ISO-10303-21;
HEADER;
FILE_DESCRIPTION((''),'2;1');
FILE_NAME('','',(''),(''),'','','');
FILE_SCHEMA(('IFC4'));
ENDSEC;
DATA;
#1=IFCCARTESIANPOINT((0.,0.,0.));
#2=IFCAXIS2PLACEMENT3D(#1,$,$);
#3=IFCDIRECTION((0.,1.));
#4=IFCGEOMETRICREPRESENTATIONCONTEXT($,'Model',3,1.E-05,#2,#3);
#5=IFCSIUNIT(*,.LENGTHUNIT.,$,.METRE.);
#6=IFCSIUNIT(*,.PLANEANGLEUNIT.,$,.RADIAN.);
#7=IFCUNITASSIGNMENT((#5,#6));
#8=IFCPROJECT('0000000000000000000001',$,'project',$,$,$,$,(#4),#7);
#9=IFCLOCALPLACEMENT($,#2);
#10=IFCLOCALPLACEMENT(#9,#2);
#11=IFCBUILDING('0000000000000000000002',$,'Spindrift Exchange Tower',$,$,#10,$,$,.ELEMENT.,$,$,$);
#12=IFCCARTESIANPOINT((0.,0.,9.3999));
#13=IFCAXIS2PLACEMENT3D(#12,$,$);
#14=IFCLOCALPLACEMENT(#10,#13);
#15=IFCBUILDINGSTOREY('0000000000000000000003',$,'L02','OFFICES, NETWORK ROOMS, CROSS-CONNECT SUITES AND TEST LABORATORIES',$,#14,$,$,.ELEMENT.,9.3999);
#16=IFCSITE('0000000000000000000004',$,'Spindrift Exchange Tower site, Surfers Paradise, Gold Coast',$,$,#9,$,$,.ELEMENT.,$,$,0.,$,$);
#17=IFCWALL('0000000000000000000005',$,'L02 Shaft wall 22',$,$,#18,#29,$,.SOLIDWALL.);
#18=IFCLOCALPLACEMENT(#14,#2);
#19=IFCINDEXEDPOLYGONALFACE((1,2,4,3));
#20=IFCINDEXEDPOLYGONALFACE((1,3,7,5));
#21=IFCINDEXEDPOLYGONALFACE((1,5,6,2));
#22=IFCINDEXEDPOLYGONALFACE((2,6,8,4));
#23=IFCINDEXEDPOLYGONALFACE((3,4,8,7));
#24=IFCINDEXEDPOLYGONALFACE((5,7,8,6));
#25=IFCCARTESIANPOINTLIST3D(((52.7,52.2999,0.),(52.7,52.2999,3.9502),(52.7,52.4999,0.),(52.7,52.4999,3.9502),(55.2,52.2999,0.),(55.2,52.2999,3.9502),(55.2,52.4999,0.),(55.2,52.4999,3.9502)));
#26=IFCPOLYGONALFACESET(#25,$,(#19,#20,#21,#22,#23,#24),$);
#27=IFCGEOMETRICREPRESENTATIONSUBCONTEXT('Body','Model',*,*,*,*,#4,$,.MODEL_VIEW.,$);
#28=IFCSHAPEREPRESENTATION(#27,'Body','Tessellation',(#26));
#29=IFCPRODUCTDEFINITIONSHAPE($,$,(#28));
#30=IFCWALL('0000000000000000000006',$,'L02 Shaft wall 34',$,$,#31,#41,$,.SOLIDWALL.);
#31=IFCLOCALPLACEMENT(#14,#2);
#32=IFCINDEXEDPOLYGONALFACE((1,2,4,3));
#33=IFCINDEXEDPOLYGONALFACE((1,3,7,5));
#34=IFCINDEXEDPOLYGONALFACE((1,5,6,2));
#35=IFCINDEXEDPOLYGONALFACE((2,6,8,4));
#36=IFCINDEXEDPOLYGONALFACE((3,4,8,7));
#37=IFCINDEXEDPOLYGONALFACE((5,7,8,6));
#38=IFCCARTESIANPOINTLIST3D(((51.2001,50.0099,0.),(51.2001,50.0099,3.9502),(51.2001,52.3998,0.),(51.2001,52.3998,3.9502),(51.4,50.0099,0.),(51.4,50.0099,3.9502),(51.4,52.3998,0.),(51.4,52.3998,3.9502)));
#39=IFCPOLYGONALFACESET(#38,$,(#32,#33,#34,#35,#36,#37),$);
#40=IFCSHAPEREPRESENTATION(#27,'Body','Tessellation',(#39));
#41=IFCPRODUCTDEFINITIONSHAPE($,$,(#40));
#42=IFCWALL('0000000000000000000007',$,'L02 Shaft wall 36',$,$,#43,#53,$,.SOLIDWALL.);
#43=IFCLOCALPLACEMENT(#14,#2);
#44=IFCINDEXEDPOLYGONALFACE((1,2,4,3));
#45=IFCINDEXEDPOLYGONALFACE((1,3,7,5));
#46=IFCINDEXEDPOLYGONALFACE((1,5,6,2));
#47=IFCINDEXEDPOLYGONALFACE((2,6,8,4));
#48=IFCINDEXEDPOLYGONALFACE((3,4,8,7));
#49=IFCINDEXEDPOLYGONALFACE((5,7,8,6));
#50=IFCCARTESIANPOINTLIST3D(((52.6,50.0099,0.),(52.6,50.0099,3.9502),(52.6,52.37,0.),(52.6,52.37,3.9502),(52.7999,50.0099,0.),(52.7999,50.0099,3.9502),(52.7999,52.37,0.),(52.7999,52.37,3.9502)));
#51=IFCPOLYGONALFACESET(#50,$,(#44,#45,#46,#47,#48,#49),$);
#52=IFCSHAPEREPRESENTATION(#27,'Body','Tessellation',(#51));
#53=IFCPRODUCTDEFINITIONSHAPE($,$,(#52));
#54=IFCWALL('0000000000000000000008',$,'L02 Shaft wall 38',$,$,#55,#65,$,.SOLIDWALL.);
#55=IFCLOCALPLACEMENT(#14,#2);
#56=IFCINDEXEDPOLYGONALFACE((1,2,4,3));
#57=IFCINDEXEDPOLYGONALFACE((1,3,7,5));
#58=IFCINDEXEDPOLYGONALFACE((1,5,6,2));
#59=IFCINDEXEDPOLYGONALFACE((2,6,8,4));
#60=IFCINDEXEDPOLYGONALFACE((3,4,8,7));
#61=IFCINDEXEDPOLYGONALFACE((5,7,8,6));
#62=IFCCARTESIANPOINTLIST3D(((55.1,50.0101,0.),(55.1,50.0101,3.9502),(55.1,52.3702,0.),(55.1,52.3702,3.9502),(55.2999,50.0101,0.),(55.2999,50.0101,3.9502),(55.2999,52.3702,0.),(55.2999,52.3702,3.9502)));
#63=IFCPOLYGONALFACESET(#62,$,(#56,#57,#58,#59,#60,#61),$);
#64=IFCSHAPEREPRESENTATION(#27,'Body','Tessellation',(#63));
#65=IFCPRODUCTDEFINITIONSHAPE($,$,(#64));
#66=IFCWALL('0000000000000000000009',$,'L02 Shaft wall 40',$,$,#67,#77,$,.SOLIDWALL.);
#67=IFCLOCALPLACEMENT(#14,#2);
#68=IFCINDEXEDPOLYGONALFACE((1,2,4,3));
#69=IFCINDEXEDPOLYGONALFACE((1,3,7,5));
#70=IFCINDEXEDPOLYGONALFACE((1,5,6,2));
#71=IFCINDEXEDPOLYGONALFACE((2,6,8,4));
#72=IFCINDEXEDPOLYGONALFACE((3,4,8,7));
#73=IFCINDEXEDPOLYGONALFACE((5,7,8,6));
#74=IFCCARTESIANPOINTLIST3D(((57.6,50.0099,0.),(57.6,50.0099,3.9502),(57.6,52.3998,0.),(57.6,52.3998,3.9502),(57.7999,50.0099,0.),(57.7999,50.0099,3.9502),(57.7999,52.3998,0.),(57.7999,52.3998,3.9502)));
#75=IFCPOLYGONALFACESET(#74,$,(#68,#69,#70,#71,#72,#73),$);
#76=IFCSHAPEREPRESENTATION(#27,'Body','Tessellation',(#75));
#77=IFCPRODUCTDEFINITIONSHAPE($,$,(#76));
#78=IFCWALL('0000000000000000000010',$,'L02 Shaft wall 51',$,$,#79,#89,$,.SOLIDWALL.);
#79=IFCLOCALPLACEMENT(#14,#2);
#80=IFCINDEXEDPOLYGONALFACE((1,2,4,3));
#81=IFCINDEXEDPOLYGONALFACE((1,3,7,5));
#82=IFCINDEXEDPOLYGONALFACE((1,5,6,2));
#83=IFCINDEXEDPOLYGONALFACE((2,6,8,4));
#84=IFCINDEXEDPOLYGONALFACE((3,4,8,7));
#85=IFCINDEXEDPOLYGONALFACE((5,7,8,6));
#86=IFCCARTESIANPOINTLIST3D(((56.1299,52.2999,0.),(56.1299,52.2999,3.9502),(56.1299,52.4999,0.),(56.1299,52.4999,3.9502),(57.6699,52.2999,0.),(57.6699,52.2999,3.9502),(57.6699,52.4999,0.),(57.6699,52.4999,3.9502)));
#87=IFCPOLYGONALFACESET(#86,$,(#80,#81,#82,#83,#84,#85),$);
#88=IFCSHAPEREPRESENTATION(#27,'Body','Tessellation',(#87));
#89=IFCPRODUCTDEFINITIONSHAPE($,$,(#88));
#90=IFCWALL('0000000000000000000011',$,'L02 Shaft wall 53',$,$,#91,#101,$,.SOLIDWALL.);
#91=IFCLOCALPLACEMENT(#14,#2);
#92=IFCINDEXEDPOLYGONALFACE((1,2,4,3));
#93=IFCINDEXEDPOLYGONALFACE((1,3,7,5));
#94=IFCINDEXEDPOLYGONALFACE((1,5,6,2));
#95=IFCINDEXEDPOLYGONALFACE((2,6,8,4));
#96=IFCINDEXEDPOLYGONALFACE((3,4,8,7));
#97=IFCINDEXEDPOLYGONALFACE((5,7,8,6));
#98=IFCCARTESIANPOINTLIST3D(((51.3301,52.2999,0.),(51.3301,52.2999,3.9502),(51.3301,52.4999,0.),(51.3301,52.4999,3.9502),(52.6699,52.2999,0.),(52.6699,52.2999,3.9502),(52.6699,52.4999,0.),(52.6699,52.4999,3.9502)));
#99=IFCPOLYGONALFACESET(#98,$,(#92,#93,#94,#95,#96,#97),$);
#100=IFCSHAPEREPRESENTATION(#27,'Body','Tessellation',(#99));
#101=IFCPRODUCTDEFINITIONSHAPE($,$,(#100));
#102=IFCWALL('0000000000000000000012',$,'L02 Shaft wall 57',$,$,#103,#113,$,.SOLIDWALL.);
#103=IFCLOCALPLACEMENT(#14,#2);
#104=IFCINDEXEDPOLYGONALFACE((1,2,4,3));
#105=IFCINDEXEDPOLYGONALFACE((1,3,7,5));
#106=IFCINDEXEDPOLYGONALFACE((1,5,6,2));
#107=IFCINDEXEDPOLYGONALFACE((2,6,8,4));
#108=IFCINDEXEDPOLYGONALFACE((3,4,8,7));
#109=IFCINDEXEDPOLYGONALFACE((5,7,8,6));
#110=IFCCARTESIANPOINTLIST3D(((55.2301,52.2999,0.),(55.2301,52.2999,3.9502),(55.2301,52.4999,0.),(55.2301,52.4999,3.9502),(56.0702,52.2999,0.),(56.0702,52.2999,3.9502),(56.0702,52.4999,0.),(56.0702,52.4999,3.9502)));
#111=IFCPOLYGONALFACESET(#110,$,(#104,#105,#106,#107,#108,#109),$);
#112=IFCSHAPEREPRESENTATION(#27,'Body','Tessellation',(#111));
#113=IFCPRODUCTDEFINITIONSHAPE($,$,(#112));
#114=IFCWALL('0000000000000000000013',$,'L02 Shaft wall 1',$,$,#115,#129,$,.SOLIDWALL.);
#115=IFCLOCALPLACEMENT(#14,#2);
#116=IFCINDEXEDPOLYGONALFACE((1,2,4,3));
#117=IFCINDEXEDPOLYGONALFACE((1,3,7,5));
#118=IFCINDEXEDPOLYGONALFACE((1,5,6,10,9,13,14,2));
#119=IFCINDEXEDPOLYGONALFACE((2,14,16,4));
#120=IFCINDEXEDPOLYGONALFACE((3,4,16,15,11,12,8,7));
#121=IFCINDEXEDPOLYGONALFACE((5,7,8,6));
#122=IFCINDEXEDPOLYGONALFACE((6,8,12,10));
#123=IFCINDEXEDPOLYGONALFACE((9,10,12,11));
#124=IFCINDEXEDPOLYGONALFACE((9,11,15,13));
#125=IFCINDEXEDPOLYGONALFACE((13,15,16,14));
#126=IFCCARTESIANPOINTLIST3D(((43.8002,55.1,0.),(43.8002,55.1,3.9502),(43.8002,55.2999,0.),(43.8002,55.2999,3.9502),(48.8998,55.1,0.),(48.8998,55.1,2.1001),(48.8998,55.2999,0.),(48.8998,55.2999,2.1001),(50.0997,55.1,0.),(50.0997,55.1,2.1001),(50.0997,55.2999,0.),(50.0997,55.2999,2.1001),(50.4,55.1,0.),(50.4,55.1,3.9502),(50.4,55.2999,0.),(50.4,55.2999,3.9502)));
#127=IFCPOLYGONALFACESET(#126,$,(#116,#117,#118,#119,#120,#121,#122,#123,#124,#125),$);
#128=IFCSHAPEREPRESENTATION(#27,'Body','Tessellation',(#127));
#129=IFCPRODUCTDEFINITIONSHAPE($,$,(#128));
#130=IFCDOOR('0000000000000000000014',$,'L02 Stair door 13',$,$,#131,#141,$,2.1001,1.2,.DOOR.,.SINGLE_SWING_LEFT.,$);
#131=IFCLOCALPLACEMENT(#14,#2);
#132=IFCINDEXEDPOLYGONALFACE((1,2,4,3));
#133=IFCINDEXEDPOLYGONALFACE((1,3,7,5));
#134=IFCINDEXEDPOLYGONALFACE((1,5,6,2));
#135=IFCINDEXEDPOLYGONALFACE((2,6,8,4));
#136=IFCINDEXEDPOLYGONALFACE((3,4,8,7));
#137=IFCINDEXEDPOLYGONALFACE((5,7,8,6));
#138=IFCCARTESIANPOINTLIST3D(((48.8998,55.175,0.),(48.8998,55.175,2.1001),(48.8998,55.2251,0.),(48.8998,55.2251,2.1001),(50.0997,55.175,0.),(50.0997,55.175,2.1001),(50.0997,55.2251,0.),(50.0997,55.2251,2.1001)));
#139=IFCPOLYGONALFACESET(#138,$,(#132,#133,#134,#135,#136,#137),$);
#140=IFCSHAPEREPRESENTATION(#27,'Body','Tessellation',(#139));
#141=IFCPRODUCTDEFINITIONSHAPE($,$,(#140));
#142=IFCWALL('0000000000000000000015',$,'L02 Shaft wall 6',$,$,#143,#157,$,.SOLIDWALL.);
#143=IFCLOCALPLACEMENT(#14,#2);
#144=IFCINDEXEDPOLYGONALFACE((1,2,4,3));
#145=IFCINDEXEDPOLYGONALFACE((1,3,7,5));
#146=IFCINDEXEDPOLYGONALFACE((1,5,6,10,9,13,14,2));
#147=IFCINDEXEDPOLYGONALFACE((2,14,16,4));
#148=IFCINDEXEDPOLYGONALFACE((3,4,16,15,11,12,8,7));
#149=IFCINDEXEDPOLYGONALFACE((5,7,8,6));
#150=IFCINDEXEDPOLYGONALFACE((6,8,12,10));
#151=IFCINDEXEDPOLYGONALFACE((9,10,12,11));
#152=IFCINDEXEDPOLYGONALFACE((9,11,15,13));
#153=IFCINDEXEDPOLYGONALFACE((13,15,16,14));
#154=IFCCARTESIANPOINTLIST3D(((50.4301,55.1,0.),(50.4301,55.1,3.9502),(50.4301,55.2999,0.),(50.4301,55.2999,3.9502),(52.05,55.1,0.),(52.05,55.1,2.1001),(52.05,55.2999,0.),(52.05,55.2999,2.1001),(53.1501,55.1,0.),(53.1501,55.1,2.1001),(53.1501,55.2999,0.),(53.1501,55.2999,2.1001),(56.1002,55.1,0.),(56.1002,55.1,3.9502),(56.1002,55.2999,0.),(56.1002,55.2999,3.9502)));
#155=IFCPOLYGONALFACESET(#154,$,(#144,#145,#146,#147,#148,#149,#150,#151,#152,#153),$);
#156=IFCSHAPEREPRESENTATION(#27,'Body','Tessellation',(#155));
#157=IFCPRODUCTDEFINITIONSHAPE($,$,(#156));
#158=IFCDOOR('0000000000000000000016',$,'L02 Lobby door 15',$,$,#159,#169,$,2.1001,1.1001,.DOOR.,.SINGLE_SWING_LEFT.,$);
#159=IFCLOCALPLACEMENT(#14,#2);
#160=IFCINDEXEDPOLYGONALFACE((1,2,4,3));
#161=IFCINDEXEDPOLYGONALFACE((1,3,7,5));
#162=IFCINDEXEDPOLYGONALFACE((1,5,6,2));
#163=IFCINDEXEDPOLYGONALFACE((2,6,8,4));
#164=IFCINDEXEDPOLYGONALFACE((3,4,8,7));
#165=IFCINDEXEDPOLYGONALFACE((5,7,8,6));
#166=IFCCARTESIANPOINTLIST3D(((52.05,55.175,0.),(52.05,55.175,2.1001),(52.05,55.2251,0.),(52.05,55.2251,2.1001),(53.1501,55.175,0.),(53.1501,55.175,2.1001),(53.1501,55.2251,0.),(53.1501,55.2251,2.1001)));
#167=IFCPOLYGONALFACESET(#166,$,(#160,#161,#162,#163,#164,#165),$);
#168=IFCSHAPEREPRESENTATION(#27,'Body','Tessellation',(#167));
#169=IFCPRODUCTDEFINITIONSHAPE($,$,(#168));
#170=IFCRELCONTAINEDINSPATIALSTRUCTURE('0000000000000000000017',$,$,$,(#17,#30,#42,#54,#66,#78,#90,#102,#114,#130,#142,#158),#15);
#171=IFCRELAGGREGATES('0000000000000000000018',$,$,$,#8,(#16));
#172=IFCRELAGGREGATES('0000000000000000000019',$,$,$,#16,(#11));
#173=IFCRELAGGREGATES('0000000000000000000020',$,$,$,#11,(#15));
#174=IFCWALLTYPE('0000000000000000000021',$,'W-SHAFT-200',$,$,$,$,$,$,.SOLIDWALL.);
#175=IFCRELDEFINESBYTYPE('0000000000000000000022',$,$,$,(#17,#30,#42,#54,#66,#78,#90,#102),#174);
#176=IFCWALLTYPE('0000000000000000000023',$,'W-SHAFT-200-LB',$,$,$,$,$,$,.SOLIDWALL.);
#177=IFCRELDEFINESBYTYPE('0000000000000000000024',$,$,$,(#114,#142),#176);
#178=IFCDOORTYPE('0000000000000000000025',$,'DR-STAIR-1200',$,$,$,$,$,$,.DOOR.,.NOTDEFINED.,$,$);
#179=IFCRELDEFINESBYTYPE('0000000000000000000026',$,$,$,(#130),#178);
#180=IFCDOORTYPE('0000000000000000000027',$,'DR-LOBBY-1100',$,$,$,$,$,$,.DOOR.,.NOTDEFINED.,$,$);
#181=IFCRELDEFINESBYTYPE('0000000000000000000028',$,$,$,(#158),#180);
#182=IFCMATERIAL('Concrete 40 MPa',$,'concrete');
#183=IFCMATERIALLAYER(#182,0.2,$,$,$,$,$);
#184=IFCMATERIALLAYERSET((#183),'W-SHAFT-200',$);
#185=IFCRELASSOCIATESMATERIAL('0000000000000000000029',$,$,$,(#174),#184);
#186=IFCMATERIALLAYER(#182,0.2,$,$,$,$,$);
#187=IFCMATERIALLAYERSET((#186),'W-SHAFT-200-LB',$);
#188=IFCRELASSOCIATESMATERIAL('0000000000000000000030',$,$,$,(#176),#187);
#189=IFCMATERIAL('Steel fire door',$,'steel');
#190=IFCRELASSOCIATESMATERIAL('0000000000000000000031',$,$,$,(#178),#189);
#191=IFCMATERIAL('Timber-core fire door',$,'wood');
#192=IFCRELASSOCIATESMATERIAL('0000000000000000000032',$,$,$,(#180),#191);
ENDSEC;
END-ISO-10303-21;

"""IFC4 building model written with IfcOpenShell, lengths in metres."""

from ifc_helpers import new_model, si_unit, direction, frame, frame_2d, origin, place, context, subcontext, project, spatial, rectangle, extrude, source, transform, mapped, material, layer, layer_set, type_object, element, fill, save


model = new_model("IFC4")

# Units and contexts
model_context = context("Model", 3, precision=1e-05, world=origin(), true_north=direction((0.0, 1.0)))
body_context = subcontext(model_context, "Body", "Model", "MODEL_VIEW")
ifc_project = project(units=[si_unit("LENGTHUNIT", "METRE"), si_unit("PLANEANGLEUNIT", "RADIAN")], contexts=[model_context])

# Site, building, storey
site_placement = place(None, origin())
site = spatial("IfcSite", under=ifc_project, at=site_placement, Name="Spindrift Exchange Tower site, Surfers Paradise, Gold Coast", CompositionType="ELEMENT", RefElevation=0.0)
building_placement = place(site_placement, origin())
building = spatial("IfcBuilding", under=site, at=building_placement, Name="Spindrift Exchange Tower", CompositionType="ELEMENT")
storey_placement = place(building_placement, frame((0.0, 0.0, 9.3999)))
storey = spatial("IfcBuildingStorey", under=building, at=storey_placement, Name="L02", Description="OFFICES, NETWORK ROOMS, CROSS-CONNECT SUITES AND TEST LABORATORIES", CompositionType="ELEMENT", Elevation=9.3999)

# Shared definitions
ifc_material_1 = material(Name="Concrete 40 MPa", Category="concrete")
ifc_layer_1 = layer(ifc_material_1, 0.2)
ifc_layer_set_1 = layer_set([ifc_layer_1], Name="W-SHAFT-200")
wall_type_1 = type_object("IfcWallType", Name="W-SHAFT-200", PredefinedType="SOLIDWALL", material=ifc_layer_set_1)

# Walls
wall_1_placement = place(storey_placement, frame((55.2, 52.3999, 0.0), z_axis=(0.0, 0.0, 1.0), x_axis=(-1.0, 0.0, 0.0)))
element("IfcWall", 1, at=wall_1_placement, inside=storey, type_object=wall_type_1, Name="L02 Shaft wall 22", PredefinedType="SOLIDWALL", context=body_context, shape_type="SweptSolid", body=[
    extrude(rectangle(XDim=2.5, YDim=0.2, at=frame_2d((1.25, 0.0))), origin(), (0.0, 0.0, 1.0), 3.9502),
])
wall_2_placement = place(storey_placement, frame((51.3, 50.01, 0.0), z_axis=(0.0, 0.0, 1.0), x_axis=(0.0, 1.0, 0.0)))
element("IfcWall", 2, at=wall_2_placement, inside=storey, type_object=wall_type_1, Name="L02 Shaft wall 34", PredefinedType="SOLIDWALL", context=body_context, shape_type="SweptSolid", body=[
    extrude(rectangle(XDim=2.3899, YDim=0.2, at=frame_2d((1.1948, 0.0))), origin(), (0.0, 0.0, 1.0), 3.9502),
])
for number, where, z_axis, x_axis, name in (
    (3, (52.7, 52.3701, 0.0), (0.0, 0.0, 1.0), (0.0, -1.0, 0.0), "L02 Shaft wall 36"),
    (4, (55.2, 50.01, 0.0), (0.0, 0.0, 1.0), (0.0, 1.0, 0.0), "L02 Shaft wall 38"),
):
    element("IfcWall", number, at=place(storey_placement, frame(where, z_axis=z_axis, x_axis=x_axis)), inside=storey, type_object=wall_type_1, Name=name, PredefinedType="SOLIDWALL", context=body_context, shape_type="SweptSolid", body=[
        extrude(rectangle(XDim=2.3601, YDim=0.2, at=frame_2d((1.1802, 0.0))), origin(), (0.0, 0.0, 1.0), 3.9502),
    ])
wall_3_placement = place(storey_placement, frame((57.7, 50.01, 0.0), z_axis=(0.0, 0.0, 1.0), x_axis=(0.0, 1.0, 0.0)))
element("IfcWall", 5, at=wall_3_placement, inside=storey, type_object=wall_type_1, Name="L02 Shaft wall 40", PredefinedType="SOLIDWALL", context=body_context, shape_type="SweptSolid", body=[
    extrude(rectangle(XDim=2.3899, YDim=0.2, at=frame_2d((1.1948, 0.0))), origin(), (0.0, 0.0, 1.0), 3.9502),
])
wall_4_placement = place(storey_placement, frame((57.6699, 52.3999, 0.0), z_axis=(0.0, 0.0, 1.0), x_axis=(-1.0, 0.0, 0.0)))
element("IfcWall", 6, at=wall_4_placement, inside=storey, type_object=wall_type_1, Name="L02 Shaft wall 51", PredefinedType="SOLIDWALL", context=body_context, shape_type="SweptSolid", body=[
    extrude(rectangle(XDim=1.54, YDim=0.2, at=frame_2d((0.77, 0.0))), origin(), (0.0, 0.0, 1.0), 3.9502),
])
wall_5_placement = place(storey_placement, frame((51.3301, 52.3999, 0.0), z_axis=(0.0, 0.0, 1.0), x_axis=(1.0, 0.0, 0.0)))
element("IfcWall", 7, at=wall_5_placement, inside=storey, type_object=wall_type_1, Name="L02 Shaft wall 53", PredefinedType="SOLIDWALL", context=body_context, shape_type="SweptSolid", body=[
    extrude(rectangle(XDim=1.3398, YDim=0.2, at=frame_2d((0.6699, 0.0))), origin(), (0.0, 0.0, 1.0), 3.9502),
])
wall_6_placement = place(storey_placement, frame((56.0701, 52.3999, 0.0), z_axis=(0.0, 0.0, 1.0), x_axis=(-1.0, 0.0, 0.0)))
element("IfcWall", 8, at=wall_6_placement, inside=storey, type_object=wall_type_1, Name="L02 Shaft wall 57", PredefinedType="SOLIDWALL", context=body_context, shape_type="SweptSolid", body=[
    extrude(rectangle(XDim=0.8401, YDim=0.2, at=frame_2d((0.4199, 0.0))), origin(), (0.0, 0.0, 1.0), 3.9502),
])

# Walls, openings, doors
ifc_layer_2 = layer(ifc_material_1, 0.2)
ifc_layer_set_2 = layer_set([ifc_layer_2], Name="W-SHAFT-200-LB")
wall_type_2 = type_object("IfcWallType", Name="W-SHAFT-200-LB", PredefinedType="SOLIDWALL", material=ifc_layer_set_2)
wall_7_placement = place(storey_placement, frame((50.3999, 55.2, 0.0), z_axis=(0.0, 0.0, 1.0), x_axis=(-1.0, 0.0, 0.0)))
wall_7 = element("IfcWall", 9, at=wall_7_placement, inside=storey, type_object=wall_type_2, Name="L02 Shaft wall 1", PredefinedType="SOLIDWALL", context=body_context, shape_type="SweptSolid", body=[
    extrude(rectangle(XDim=6.5999, YDim=0.2, at=frame_2d((3.2998, 0.0))), origin(), (0.0, 0.0, 1.0), 3.9502),
])
opening_1_placement = place(wall_7_placement, frame((0.3, 0.0, 0.0)))
opening_1 = element("IfcOpeningElement", 10, at=opening_1_placement, cuts=wall_7, PredefinedType="OPENING", context=body_context, shape_type="SweptSolid", body=[
    extrude(rectangle(XDim=1.2, YDim=2.1001, at=frame_2d((0.6001, 1.05))), frame((0.0, 0.1099, 0.0), z_axis=(0.0, -1.0, 0.0), x_axis=(1.0, 0.0, 0.0)), (0.0, 0.0, 1.0), 0.22),
])
ifc_material_2 = material(Name="Steel fire door", Category="steel")
door_type_1 = type_object("IfcDoorType", Name="DR-STAIR-1200", OperationType="NOTDEFINED", PredefinedType="DOOR", material=ifc_material_2)
shared_shape_1 = source(origin(), body_context, "Body", "SweptSolid", [
    extrude(rectangle(XDim=1.2, YDim=2.1001, at=frame_2d((0.6001, 1.05))), frame((0.0, 0.0249, 0.0), z_axis=(0.0, -1.0, 0.0), x_axis=(1.0, 0.0, 0.0)), (0.0, 0.0, 1.0), 0.05),
])
door_1_placement = place(opening_1_placement, origin())
door_1 = element("IfcDoor", 11, at=door_1_placement, inside=storey, type_object=door_type_1, Name="L02 Stair door 13", OperationType="SINGLE_SWING_LEFT", OverallHeight=2.1001, OverallWidth=1.2, PredefinedType="DOOR", context=body_context, shape_type="MappedRepresentation", body=[
    mapped(shared_shape_1, transform((0.0, 0.0, 0.0), scale=1.0)),
])
fill(opening_1, door_1)
wall_8_placement = place(storey_placement, frame((56.1001, 55.2, 0.0), z_axis=(0.0, 0.0, 1.0), x_axis=(-1.0, 0.0, 0.0)))
wall_8 = element("IfcWall", 12, at=wall_8_placement, inside=storey, type_object=wall_type_2, Name="L02 Shaft wall 6", PredefinedType="SOLIDWALL", context=body_context, shape_type="SweptSolid", body=[
    extrude(rectangle(XDim=5.6702, YDim=0.2, at=frame_2d((2.835, 0.0))), origin(), (0.0, 0.0, 1.0), 3.9502),
])
opening_2_placement = place(wall_8_placement, frame((2.95, 0.0, 0.0)))
opening_2 = element("IfcOpeningElement", 13, at=opening_2_placement, cuts=wall_8, PredefinedType="OPENING", context=body_context, shape_type="SweptSolid", body=[
    extrude(rectangle(XDim=1.1001, YDim=2.1001, at=frame_2d((0.55, 1.05))), frame((0.0, 0.1099, 0.0), z_axis=(0.0, -1.0, 0.0), x_axis=(1.0, 0.0, 0.0)), (0.0, 0.0, 1.0), 0.22),
])
ifc_material_3 = material(Name="Timber-core fire door", Category="wood")
door_type_2 = type_object("IfcDoorType", Name="DR-LOBBY-1100", OperationType="NOTDEFINED", PredefinedType="DOOR", material=ifc_material_3)
shared_shape_2 = source(origin(), body_context, "Body", "SweptSolid", [
    extrude(rectangle(XDim=1.1001, YDim=2.1001, at=frame_2d((0.55, 1.05))), frame((0.0, 0.0249, 0.0), z_axis=(0.0, -1.0, 0.0), x_axis=(1.0, 0.0, 0.0)), (0.0, 0.0, 1.0), 0.05),
])
door_2_placement = place(opening_2_placement, origin())
door_2 = element("IfcDoor", 14, at=door_2_placement, inside=storey, type_object=door_type_2, Name="L02 Lobby door 15", OperationType="SINGLE_SWING_LEFT", OverallHeight=2.1001, OverallWidth=1.1001, PredefinedType="DOOR", context=body_context, shape_type="MappedRepresentation", body=[
    mapped(shared_shape_2, transform((0.0, 0.0, 0.0), scale=1.0)),
])
fill(opening_2, door_2)

save(model, "model.ifc")
